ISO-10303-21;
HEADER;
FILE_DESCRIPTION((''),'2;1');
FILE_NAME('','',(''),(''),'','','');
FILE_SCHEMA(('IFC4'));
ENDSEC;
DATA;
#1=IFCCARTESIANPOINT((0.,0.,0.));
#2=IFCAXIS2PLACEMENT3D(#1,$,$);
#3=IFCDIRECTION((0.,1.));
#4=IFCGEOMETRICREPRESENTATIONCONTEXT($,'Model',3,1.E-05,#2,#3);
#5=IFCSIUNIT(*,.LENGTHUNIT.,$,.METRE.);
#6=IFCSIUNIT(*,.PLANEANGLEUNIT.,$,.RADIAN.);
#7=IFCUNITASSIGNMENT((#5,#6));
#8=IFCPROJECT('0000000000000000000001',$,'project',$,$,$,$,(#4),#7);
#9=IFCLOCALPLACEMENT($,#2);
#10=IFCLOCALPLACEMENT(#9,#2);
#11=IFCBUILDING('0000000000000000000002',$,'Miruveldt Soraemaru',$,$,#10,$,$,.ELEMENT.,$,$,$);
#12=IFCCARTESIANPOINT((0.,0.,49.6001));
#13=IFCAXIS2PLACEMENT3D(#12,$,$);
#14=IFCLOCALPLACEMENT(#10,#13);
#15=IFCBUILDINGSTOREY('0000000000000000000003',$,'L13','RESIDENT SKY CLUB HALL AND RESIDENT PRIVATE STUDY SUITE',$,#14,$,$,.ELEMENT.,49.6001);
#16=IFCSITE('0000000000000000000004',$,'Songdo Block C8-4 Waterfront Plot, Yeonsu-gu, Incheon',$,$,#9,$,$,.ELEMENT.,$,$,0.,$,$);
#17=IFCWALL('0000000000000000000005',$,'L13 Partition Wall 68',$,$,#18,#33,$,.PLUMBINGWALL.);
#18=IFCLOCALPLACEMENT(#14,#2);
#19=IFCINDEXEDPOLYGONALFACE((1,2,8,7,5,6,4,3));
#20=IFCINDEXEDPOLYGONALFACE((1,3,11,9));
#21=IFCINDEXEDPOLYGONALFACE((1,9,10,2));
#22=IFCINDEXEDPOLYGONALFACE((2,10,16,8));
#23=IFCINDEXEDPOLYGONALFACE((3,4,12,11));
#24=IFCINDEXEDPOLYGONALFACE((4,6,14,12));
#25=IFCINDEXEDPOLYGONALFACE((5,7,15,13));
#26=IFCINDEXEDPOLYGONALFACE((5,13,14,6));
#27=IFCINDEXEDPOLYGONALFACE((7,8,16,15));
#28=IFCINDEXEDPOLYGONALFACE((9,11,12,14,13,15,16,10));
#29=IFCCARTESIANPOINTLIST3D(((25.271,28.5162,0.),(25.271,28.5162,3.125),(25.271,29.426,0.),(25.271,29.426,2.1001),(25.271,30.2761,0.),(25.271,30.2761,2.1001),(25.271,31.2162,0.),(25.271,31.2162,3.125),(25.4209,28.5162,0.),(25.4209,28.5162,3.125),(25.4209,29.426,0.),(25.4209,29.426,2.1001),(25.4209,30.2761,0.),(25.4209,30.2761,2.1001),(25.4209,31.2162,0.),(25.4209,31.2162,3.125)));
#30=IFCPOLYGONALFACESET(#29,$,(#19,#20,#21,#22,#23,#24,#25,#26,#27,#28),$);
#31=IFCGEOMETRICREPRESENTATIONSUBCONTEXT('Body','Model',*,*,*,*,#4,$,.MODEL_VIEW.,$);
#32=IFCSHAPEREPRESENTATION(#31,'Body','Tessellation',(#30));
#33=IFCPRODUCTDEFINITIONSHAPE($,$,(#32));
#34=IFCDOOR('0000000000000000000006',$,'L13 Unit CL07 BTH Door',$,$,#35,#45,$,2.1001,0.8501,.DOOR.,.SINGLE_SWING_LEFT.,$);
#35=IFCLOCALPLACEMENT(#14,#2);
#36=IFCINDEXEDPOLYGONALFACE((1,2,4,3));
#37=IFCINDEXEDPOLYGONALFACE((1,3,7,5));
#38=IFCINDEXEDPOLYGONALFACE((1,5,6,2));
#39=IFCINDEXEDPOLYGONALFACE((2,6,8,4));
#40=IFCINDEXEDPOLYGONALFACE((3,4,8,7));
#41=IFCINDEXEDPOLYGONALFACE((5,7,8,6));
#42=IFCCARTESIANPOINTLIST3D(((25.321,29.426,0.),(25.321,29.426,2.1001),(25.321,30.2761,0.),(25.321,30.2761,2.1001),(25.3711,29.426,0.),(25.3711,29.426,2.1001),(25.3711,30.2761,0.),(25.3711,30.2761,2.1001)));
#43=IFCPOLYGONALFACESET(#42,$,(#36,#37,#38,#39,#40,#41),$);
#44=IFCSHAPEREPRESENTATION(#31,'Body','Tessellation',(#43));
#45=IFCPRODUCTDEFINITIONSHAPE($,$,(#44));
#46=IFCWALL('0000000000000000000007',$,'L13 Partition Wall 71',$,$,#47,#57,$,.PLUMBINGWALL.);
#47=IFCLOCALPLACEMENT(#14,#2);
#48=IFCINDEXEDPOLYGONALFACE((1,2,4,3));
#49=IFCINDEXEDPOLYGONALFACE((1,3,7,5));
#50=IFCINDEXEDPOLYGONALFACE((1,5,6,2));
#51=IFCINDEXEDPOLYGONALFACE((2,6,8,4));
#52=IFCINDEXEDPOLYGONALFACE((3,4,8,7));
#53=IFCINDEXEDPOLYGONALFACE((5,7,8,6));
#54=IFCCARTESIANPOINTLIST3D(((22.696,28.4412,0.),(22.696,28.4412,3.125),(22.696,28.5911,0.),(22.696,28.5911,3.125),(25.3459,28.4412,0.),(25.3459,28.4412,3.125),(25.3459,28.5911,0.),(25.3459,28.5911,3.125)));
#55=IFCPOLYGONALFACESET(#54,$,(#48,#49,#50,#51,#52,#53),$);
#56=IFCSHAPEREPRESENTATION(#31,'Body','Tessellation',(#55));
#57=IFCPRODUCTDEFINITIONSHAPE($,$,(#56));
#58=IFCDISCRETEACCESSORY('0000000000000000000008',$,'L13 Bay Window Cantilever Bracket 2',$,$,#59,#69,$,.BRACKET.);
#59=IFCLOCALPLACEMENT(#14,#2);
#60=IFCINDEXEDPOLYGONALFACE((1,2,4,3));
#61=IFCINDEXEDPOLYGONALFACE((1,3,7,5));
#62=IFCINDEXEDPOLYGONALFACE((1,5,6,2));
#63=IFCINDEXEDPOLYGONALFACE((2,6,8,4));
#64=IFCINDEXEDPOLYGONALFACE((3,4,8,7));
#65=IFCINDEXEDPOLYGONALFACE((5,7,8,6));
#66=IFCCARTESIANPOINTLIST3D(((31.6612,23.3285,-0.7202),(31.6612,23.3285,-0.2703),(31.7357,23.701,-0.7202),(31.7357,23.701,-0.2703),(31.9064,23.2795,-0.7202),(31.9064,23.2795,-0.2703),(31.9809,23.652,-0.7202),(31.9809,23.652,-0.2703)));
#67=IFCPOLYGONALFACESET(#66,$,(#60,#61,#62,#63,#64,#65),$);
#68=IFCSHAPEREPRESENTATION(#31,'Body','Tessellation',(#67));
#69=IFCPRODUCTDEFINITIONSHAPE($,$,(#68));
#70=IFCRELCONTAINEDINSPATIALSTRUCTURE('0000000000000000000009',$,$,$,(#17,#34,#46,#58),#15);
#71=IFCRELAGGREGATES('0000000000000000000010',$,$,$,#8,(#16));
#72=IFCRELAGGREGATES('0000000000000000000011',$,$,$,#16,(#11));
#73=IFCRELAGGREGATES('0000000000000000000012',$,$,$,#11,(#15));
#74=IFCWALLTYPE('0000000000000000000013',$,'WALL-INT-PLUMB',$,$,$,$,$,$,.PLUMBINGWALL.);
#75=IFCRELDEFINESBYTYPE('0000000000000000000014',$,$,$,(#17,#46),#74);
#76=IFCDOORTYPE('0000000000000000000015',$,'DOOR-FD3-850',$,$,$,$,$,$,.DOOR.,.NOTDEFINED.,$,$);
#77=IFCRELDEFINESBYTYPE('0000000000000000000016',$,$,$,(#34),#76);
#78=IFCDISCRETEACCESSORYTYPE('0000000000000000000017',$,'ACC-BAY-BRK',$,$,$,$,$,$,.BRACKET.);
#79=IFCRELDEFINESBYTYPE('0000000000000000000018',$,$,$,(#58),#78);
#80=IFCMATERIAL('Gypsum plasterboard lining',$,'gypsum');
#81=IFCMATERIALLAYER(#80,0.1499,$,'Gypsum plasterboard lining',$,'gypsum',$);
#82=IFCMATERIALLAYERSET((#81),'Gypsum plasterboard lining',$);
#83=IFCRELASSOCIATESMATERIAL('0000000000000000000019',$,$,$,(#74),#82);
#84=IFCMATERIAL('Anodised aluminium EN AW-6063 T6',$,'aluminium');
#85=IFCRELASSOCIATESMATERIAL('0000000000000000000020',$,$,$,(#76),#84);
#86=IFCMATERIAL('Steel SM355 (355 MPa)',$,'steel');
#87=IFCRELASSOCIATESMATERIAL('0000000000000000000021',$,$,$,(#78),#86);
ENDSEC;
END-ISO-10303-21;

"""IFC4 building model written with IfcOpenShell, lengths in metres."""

from ifc_helpers import new_model, si_unit, direction, frame, frame_2d, origin, origin_2d, place, context, subcontext, project, spatial, rectangle, extrude, material, layer, layer_set, type_object, element, fill, save


model = new_model("IFC4")

# Units and contexts
model_context = context("Model", 3, precision=1e-05, world=origin(), true_north=direction((0.0, 1.0)))
body_context = subcontext(model_context, "Body", "Model", "MODEL_VIEW")
ifc_project = project(units=[si_unit("LENGTHUNIT", "METRE"), si_unit("PLANEANGLEUNIT", "RADIAN")], contexts=[model_context])

# Site, building, storey
site_placement = place(None, origin())
site = spatial("IfcSite", under=ifc_project, at=site_placement, Name="Songdo Block C8-4 Waterfront Plot, Yeonsu-gu, Incheon", CompositionType="ELEMENT", RefElevation=0.0)
building_placement = place(site_placement, origin())
building = spatial("IfcBuilding", under=site, at=building_placement, Name="Miruveldt Soraemaru", CompositionType="ELEMENT")
storey_placement = place(building_placement, frame((0.0, 0.0, 49.6001)))
storey = spatial("IfcBuildingStorey", under=building, at=storey_placement, Name="L13", Description="RESIDENT SKY CLUB HALL AND RESIDENT PRIVATE STUDY SUITE", CompositionType="ELEMENT", Elevation=49.6001)

# Wall, opening, door
ifc_material_1 = material(Name="Gypsum plasterboard lining", Category="gypsum")
ifc_layer_1 = layer(ifc_material_1, 0.1499, Name="Gypsum plasterboard lining", Category="gypsum")
ifc_layer_set_1 = layer_set([ifc_layer_1], Name="Gypsum plasterboard lining")
wall_type_1 = type_object("IfcWallType", Name="WALL-INT-PLUMB", PredefinedType="PLUMBINGWALL", material=ifc_layer_set_1)
wall_1_placement = place(storey_placement, frame((25.3459, 28.5161, 0.0), z_axis=(0.0, 0.0, 1.0), x_axis=(0.0, 1.0, 0.0)))
wall_1 = element("IfcWall", 1, at=wall_1_placement, inside=storey, type_object=wall_type_1, Name="L13 Partition Wall 68", PredefinedType="PLUMBINGWALL", context=body_context, shape_type="SweptSolid", body=[
    extrude(rectangle(XDim=2.7, YDim=0.1499, at=frame_2d((1.3501, 0.0))), origin(), (0.0, 0.0, 1.0), 3.125),
])
opening_1_placement = place(wall_1_placement, frame((0.9099, 0.0, 0.0)))
opening_1 = element("IfcOpeningElement", 2, at=opening_1_placement, cuts=wall_1, PredefinedType="OPENING", context=body_context, shape_type="SweptSolid", body=[
    extrude(rectangle(XDim=0.8501, YDim=2.1001, at=frame_2d((0.425, 1.05))), frame((0.0, 0.085, 0.0), z_axis=(0.0, -1.0, 0.0), x_axis=(1.0, 0.0, 0.0)), (0.0, 0.0, 1.0), 0.1699),
])
ifc_material_2 = material(Name="Anodised aluminium EN AW-6063 T6", Category="aluminium")
door_type = type_object("IfcDoorType", Name="DOOR-FD3-850", OperationType="NOTDEFINED", PredefinedType="DOOR", material=ifc_material_2)
door_placement = place(opening_1_placement, origin())
door = element("IfcDoor", 3, at=door_placement, inside=storey, type_object=door_type, Name="L13 Unit CL07 BTH Door", OperationType="SINGLE_SWING_LEFT", OverallHeight=2.1001, OverallWidth=0.8501, PredefinedType="DOOR", context=body_context, shape_type="SweptSolid", body=[
    extrude(rectangle(XDim=0.8501, YDim=2.1001, at=frame_2d((0.425, 1.05))), frame((0.0, 0.0249, 0.0), z_axis=(0.0, -1.0, 0.0), x_axis=(1.0, 0.0, 0.0)), (0.0, 0.0, 1.0), 0.05),
])
fill(opening_1, door)

# Wall
wall_2_placement = place(storey_placement, frame((22.696, 28.5161, 0.0), z_axis=(0.0, 0.0, 1.0), x_axis=(1.0, 0.0, 0.0)))
element("IfcWall", 4, at=wall_2_placement, inside=storey, type_object=wall_type_1, Name="L13 Partition Wall 71", PredefinedType="PLUMBINGWALL", context=body_context, shape_type="SweptSolid", body=[
    extrude(rectangle(XDim=2.6499, YDim=0.1499, at=frame_2d((1.325, 0.0))), origin(), (0.0, 0.0, 1.0), 3.125),
])

# Discrete accessory
ifc_material_3 = material(Name="Steel SM355 (355 MPa)", Category="steel")
discrete_accessory_type = type_object("IfcDiscreteAccessoryType", Name="ACC-BAY-BRK", PredefinedType="BRACKET", material=ifc_material_3)
discrete_accessory_placement = place(storey_placement, frame((31.821, 23.4902, -0.7202), z_axis=(0.0, 0.0, 1.0), x_axis=(-0.196117, -0.98058, 0.0)))
element("IfcDiscreteAccessory", 5, at=discrete_accessory_placement, inside=storey, type_object=discrete_accessory_type, Name="L13 Bay Window Cantilever Bracket 2", PredefinedType="BRACKET", context=body_context, shape_type="SweptSolid", body=[
    extrude(rectangle(XDim=0.3799, YDim=0.25, at=origin_2d()), origin(), (0.0, 0.0, 1.0), 0.45),
])

save(model, "model.ifc")
